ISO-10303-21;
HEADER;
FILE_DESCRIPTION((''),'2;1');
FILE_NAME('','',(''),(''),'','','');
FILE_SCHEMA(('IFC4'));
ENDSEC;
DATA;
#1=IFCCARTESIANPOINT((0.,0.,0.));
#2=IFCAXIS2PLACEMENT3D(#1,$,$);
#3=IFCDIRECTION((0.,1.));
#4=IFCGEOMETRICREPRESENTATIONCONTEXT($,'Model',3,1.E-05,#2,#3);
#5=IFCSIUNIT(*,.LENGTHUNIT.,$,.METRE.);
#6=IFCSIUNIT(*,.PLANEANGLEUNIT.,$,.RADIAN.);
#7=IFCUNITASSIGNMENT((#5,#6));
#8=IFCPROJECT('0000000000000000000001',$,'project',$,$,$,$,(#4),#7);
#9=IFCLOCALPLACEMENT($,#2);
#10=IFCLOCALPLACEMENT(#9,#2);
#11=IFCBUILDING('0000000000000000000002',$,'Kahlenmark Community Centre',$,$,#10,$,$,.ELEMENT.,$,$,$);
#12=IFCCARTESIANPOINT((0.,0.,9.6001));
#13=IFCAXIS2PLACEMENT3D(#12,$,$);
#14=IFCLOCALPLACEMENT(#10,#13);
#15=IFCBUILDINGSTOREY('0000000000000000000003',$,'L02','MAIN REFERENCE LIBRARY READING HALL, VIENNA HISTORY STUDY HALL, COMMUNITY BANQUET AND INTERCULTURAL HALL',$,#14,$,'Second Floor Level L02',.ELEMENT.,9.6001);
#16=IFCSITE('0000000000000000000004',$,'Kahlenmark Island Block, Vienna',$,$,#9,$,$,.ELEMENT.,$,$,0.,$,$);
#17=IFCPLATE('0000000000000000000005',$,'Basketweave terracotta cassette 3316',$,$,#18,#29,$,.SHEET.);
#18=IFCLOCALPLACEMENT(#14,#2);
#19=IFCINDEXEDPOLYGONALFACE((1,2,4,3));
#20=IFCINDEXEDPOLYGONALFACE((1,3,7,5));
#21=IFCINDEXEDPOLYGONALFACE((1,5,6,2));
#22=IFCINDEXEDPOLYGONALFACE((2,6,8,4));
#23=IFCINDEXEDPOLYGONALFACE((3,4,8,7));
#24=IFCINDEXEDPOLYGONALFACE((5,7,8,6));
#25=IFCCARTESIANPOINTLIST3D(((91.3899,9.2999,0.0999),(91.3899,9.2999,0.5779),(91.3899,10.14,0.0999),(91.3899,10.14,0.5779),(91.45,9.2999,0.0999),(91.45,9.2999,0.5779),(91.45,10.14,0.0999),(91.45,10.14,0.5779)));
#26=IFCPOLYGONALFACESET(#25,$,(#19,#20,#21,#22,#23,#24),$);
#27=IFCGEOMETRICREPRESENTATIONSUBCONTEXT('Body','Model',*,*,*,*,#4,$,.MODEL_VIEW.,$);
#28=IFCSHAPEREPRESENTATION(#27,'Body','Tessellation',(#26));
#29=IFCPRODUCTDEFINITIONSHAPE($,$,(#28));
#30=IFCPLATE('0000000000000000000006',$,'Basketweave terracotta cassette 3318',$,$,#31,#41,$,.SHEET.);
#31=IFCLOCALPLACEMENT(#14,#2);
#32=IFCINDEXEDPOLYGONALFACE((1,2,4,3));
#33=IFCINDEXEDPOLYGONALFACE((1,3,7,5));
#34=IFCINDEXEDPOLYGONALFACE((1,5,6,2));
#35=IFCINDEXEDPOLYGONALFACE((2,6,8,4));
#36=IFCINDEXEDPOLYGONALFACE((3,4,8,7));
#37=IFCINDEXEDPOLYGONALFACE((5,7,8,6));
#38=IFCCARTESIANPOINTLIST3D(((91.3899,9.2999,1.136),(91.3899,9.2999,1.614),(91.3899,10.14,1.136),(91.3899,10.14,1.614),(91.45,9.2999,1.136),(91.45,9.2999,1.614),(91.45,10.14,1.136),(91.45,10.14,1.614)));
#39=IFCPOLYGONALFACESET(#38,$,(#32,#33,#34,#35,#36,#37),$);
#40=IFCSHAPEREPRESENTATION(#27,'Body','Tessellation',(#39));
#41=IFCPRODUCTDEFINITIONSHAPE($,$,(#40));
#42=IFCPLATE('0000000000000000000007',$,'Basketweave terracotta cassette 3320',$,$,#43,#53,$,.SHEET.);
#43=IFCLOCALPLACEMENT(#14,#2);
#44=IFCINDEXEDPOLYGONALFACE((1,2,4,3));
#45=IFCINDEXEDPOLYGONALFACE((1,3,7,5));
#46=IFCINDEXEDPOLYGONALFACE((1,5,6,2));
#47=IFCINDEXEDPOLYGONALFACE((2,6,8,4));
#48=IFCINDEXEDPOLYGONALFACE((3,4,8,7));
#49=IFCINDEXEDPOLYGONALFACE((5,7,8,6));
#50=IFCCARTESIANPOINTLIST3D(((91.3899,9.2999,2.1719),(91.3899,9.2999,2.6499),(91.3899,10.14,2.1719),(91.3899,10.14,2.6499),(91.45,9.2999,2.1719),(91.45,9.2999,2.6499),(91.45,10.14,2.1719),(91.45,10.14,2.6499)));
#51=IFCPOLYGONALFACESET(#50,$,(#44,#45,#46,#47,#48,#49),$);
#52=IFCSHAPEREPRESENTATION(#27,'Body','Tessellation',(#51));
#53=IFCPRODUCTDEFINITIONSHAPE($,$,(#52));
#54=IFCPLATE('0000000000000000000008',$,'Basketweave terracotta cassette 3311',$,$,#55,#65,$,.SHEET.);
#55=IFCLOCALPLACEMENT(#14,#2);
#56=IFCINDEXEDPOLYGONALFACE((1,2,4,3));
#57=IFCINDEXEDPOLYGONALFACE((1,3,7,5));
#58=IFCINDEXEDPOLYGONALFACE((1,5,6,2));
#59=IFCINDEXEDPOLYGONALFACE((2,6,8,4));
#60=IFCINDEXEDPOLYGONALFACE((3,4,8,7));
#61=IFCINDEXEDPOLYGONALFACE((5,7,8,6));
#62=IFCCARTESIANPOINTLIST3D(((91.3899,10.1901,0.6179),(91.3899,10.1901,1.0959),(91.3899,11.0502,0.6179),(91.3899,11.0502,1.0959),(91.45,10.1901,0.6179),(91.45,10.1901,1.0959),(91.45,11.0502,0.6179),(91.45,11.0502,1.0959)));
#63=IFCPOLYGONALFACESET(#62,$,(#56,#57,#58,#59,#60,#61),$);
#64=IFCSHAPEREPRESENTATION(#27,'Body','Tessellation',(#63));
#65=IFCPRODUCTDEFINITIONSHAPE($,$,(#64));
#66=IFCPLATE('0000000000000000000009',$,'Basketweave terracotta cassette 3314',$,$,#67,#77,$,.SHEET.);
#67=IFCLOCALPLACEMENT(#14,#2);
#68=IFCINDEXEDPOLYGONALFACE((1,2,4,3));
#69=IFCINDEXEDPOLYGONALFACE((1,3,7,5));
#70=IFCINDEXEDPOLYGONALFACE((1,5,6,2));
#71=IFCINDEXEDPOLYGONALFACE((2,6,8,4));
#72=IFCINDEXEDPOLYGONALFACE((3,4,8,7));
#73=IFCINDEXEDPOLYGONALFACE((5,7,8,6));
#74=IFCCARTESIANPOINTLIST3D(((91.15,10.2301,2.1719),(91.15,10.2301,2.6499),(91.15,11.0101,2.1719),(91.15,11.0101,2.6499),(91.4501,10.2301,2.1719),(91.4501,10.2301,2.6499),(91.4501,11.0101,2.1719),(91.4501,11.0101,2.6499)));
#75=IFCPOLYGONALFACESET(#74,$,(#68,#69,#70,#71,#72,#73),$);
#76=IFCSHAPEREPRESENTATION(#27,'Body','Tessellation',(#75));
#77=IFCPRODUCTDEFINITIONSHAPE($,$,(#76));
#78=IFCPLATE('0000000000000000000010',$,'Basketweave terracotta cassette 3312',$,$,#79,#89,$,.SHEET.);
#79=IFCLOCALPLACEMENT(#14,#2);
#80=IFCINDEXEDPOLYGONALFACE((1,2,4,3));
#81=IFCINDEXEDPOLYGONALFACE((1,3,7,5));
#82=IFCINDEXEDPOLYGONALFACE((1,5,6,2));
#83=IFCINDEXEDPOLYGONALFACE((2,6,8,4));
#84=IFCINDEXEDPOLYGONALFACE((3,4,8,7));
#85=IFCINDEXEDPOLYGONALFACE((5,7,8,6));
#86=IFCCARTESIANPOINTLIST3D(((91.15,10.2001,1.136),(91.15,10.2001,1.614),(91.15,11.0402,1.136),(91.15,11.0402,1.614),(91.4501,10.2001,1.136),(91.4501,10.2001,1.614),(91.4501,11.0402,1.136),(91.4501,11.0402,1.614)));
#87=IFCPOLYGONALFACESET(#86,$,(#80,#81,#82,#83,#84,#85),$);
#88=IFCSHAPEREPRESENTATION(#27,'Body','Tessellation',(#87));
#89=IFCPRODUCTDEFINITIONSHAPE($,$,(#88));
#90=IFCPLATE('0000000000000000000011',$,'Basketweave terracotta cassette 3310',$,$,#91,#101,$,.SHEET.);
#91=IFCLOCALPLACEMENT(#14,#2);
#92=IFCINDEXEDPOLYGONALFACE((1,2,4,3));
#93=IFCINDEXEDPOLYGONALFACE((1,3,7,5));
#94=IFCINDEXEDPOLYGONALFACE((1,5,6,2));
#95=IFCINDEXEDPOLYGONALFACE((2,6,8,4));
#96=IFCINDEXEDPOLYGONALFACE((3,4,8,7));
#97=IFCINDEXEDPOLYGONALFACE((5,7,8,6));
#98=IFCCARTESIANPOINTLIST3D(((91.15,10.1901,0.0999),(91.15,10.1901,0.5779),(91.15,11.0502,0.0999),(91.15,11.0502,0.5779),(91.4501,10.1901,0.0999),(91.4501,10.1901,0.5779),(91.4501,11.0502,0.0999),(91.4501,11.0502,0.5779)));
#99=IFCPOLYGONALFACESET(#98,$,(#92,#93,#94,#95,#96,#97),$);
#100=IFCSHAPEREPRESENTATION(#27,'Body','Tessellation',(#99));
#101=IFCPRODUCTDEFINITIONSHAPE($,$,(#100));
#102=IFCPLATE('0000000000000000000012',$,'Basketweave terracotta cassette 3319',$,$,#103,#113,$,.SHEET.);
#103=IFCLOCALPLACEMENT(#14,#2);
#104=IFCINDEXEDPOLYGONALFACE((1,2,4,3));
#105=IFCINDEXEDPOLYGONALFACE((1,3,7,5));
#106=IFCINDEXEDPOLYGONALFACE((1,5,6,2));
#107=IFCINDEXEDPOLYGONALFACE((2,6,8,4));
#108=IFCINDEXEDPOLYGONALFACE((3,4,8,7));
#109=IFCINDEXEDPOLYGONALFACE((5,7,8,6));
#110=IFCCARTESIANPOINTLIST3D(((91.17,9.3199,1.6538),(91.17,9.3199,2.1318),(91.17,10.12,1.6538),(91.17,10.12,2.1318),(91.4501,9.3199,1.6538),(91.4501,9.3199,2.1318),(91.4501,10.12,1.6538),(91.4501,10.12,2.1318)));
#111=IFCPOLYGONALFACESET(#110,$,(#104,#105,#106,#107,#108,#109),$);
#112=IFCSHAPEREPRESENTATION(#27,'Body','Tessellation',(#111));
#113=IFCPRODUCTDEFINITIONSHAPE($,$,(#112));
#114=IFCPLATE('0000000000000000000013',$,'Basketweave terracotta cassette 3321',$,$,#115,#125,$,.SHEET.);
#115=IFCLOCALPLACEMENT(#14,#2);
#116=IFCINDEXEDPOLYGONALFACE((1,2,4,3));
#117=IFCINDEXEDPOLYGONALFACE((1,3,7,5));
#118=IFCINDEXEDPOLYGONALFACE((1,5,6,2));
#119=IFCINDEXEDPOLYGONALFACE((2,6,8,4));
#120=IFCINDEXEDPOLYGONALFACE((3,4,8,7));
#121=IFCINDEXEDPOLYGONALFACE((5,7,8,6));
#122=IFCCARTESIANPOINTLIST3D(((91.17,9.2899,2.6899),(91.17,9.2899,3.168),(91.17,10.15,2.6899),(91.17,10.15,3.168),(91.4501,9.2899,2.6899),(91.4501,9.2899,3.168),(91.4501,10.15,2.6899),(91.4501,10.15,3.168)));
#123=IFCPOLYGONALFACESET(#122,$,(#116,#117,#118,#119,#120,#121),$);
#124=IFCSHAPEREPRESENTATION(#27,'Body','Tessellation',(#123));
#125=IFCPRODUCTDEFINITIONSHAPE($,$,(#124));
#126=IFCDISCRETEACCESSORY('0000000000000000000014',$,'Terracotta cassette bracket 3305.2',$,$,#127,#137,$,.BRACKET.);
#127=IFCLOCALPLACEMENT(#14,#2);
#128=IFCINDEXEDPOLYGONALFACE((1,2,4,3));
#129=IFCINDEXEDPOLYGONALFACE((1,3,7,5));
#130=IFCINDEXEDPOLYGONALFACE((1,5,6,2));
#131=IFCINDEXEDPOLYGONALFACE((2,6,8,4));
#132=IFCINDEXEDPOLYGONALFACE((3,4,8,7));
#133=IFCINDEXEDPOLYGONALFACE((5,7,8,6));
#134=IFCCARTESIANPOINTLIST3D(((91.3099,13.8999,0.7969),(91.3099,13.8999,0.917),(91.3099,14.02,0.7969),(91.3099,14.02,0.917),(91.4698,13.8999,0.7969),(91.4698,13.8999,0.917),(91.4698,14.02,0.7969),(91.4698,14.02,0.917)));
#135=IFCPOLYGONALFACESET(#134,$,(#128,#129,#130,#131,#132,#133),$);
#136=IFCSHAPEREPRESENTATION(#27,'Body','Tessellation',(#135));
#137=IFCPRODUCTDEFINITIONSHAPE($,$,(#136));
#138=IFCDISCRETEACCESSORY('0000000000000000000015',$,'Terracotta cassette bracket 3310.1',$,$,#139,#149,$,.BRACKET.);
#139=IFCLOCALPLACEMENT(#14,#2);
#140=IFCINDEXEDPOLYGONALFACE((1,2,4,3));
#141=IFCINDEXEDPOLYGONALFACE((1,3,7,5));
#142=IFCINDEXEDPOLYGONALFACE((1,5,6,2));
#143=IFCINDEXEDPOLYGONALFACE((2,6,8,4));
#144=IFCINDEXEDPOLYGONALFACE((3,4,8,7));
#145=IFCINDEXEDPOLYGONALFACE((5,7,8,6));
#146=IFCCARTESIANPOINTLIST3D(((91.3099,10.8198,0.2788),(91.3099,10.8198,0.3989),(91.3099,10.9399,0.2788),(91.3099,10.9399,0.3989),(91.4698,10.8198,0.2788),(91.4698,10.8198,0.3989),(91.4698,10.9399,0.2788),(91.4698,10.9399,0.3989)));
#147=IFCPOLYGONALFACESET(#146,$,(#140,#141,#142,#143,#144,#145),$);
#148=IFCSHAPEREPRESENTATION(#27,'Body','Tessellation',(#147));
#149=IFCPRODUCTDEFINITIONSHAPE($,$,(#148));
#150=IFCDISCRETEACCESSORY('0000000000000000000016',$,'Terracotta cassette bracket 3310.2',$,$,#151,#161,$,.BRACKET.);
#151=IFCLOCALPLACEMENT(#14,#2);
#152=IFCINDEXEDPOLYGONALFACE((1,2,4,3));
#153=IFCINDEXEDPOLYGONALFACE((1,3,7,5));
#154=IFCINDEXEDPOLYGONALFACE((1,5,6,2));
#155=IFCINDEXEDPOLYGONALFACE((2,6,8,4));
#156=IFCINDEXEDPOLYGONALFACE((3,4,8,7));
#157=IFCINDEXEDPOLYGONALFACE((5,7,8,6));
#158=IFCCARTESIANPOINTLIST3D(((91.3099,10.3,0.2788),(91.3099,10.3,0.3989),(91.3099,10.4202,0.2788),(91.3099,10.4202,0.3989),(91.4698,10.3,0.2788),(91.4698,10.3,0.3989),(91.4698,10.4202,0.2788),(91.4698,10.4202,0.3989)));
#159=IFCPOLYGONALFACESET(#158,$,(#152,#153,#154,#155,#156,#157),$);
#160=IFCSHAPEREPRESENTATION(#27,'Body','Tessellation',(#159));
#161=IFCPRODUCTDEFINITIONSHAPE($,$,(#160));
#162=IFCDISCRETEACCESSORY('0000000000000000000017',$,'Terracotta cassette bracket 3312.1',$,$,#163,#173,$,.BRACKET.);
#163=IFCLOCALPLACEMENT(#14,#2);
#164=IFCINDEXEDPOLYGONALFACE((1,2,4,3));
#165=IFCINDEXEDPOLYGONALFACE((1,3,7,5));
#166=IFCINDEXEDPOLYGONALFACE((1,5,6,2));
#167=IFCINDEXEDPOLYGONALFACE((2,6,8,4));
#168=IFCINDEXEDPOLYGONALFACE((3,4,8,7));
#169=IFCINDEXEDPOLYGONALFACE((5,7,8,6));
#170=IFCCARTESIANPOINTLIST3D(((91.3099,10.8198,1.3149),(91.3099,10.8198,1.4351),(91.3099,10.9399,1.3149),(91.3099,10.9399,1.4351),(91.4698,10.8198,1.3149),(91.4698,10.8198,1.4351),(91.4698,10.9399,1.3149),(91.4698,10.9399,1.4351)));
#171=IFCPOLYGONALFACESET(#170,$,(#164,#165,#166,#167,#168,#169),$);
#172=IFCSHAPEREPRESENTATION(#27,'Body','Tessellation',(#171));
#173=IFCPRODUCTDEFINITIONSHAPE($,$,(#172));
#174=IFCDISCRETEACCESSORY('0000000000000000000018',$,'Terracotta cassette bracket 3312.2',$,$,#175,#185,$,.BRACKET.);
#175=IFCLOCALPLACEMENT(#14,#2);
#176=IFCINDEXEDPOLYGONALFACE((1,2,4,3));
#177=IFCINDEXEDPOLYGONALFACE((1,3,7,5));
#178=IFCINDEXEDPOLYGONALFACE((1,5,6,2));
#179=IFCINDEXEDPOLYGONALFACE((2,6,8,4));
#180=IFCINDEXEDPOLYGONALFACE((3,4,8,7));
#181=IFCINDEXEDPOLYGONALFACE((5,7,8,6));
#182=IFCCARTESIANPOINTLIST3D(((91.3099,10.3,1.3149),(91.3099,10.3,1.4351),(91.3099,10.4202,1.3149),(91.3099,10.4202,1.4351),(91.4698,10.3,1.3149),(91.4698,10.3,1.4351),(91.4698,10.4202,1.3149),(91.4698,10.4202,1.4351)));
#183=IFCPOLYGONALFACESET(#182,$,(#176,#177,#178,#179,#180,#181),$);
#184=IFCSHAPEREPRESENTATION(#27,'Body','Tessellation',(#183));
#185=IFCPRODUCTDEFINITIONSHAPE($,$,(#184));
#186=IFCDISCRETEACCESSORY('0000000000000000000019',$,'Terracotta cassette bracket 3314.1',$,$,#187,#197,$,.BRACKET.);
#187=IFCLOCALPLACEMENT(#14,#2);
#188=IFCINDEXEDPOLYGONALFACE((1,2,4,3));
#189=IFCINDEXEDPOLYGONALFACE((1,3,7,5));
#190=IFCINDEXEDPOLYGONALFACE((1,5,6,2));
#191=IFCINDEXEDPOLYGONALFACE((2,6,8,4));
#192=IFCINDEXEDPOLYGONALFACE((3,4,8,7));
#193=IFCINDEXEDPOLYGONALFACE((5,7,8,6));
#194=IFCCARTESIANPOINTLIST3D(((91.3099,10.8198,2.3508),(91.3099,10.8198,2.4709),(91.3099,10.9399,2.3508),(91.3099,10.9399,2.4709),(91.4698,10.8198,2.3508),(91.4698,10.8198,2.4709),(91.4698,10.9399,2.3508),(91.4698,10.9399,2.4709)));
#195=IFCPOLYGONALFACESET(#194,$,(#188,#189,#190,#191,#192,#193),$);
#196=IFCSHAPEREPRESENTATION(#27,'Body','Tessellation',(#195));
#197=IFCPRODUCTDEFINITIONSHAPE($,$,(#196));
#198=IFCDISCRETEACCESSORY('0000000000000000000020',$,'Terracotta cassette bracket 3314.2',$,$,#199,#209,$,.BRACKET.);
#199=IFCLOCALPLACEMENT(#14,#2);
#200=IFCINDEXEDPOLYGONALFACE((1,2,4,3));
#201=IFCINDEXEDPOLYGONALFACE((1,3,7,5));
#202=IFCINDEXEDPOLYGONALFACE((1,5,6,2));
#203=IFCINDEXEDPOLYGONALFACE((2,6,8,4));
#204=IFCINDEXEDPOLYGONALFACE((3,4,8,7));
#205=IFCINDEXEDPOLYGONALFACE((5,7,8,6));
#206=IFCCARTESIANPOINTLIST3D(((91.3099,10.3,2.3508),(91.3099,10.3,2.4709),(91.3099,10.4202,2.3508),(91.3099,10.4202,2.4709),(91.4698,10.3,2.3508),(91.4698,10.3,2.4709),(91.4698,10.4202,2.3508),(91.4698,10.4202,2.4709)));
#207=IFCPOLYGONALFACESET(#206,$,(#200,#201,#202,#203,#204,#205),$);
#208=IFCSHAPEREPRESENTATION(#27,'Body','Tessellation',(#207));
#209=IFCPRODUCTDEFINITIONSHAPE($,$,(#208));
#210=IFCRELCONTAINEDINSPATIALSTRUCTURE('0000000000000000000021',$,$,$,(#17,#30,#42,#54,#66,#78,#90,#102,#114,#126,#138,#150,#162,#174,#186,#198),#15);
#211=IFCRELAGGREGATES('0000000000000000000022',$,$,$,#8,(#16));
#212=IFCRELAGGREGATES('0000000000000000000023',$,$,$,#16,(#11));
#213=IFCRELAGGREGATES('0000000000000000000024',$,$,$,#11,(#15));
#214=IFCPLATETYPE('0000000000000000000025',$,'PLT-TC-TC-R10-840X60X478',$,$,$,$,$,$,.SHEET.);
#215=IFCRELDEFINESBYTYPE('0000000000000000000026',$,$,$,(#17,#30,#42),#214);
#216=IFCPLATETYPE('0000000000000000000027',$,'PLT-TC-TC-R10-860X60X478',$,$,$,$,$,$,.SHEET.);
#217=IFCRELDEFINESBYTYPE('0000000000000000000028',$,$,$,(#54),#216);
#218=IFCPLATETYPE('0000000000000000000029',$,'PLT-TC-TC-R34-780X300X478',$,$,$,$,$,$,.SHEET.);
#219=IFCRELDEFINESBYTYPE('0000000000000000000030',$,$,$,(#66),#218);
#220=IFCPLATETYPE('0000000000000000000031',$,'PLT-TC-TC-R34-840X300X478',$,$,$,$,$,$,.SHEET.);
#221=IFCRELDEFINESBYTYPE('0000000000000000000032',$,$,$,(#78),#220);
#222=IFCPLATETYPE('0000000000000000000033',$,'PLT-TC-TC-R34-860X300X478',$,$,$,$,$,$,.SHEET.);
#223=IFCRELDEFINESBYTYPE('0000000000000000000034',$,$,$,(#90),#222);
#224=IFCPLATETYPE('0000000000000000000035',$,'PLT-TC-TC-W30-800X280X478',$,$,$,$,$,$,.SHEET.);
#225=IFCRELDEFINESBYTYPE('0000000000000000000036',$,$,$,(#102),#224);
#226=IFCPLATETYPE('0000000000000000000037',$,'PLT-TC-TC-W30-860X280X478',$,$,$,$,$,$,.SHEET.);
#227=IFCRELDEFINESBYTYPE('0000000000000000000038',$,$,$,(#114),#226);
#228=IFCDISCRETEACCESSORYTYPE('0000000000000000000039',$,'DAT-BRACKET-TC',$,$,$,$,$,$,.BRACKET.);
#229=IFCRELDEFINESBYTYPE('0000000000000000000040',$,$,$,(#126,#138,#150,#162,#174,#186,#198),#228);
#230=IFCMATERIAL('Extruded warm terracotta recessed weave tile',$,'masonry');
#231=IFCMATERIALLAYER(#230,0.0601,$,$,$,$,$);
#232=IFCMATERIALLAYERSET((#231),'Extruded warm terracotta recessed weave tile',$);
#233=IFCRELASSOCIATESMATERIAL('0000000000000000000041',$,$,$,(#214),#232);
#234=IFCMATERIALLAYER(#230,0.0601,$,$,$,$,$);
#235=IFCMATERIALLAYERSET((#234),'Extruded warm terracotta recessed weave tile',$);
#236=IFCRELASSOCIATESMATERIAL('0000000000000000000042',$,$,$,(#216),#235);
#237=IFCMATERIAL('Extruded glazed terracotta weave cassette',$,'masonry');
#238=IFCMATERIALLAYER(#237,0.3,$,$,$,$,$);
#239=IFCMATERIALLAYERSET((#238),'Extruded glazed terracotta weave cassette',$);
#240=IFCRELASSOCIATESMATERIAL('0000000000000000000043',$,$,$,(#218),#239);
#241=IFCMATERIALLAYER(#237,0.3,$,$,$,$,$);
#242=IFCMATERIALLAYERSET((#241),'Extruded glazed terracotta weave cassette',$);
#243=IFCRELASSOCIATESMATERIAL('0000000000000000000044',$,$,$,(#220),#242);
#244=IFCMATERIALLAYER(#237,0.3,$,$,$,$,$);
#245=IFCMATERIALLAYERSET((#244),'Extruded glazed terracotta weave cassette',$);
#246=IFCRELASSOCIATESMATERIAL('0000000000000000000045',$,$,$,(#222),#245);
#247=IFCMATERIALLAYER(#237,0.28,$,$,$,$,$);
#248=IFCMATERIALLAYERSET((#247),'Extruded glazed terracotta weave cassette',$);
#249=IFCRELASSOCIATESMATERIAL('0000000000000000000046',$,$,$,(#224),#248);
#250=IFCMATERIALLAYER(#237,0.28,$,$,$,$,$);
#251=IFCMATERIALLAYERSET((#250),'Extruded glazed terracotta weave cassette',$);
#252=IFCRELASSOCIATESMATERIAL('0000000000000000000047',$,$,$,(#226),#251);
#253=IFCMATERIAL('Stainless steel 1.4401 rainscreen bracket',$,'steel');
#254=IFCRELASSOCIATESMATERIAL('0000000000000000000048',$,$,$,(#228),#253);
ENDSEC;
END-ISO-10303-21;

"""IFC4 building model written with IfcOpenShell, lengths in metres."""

from ifc_helpers import new_model, si_unit, direction, frame, origin, origin_2d, place, context, subcontext, project, spatial, rectangle, extrude, material, layer, layer_set, type_object, element, save


model = new_model("IFC4")

# Units and contexts
model_context = context("Model", 3, precision=1e-05, world=origin(), true_north=direction((0.0, 1.0)))
body_context = subcontext(model_context, "Body", "Model", "MODEL_VIEW")
ifc_project = project(units=[si_unit("LENGTHUNIT", "METRE"), si_unit("PLANEANGLEUNIT", "RADIAN")], contexts=[model_context])

# Site, building, storey
site_placement = place(None, origin())
site = spatial("IfcSite", under=ifc_project, at=site_placement, Name="Kahlenmark Island Block, Vienna", CompositionType="ELEMENT", RefElevation=0.0)
building_placement = place(site_placement, origin())
building = spatial("IfcBuilding", under=site, at=building_placement, Name="Kahlenmark Community Centre", CompositionType="ELEMENT")
storey_placement = place(building_placement, frame((0.0, 0.0, 9.6001)))
storey = spatial("IfcBuildingStorey", under=building, at=storey_placement, Name="L02", Description="MAIN REFERENCE LIBRARY READING HALL, VIENNA HISTORY STUDY HALL, COMMUNITY BANQUET AND INTERCULTURAL HALL", LongName="Second Floor Level L02", CompositionType="ELEMENT", Elevation=9.6001)

# Plates
ifc_material_1 = material(Name="Extruded warm terracotta recessed weave tile", Category="masonry")
ifc_layer_1 = layer(ifc_material_1, 0.0601)
ifc_layer_set_1 = layer_set([ifc_layer_1], Name="Extruded warm terracotta recessed weave tile")
plate_type_1 = type_object("IfcPlateType", Name="PLT-TC-TC-R10-840X60X478", PredefinedType="SHEET", material=ifc_layer_set_1)
for number, where, z_axis, x_axis, name in (
    (1, (91.4199, 9.72, 0.0999), (0.0, 0.0, 1.0), (0.0, -1.0, 0.0), "Basketweave terracotta cassette 3316"),
    (2, (91.4199, 9.72, 1.136), (0.0, 0.0, 1.0), (0.0, -1.0, 0.0), "Basketweave terracotta cassette 3318"),
    (3, (91.4199, 9.72, 2.1719), (0.0, 0.0, 1.0), (0.0, -1.0, 0.0), "Basketweave terracotta cassette 3320"),
):
    element("IfcPlate", number, at=place(storey_placement, frame(where, z_axis=z_axis, x_axis=x_axis)), inside=storey, type_object=plate_type_1, Name=name, PredefinedType="SHEET", context=body_context, shape_type="SweptSolid", body=[
        extrude(rectangle(XDim=0.8401, YDim=0.0601, at=origin_2d()), origin(), (0.0, 0.0, 1.0), 0.478),
    ])
ifc_layer_2 = layer(ifc_material_1, 0.0601)
ifc_layer_set_2 = layer_set([ifc_layer_2], Name="Extruded warm terracotta recessed weave tile")
plate_type_2 = type_object("IfcPlateType", Name="PLT-TC-TC-R10-860X60X478", PredefinedType="SHEET", material=ifc_layer_set_2)
plate_1_placement = place(storey_placement, frame((91.4199, 10.6201, 0.6179), z_axis=(0.0, 0.0, 1.0), x_axis=(0.0, -1.0, 0.0)))
element("IfcPlate", 4, at=plate_1_placement, inside=storey, type_object=plate_type_2, Name="Basketweave terracotta cassette 3311", PredefinedType="SHEET", context=body_context, shape_type="SweptSolid", body=[
    extrude(rectangle(XDim=0.8601, YDim=0.0601, at=origin_2d()), origin(), (0.0, 0.0, 1.0), 0.478),
])
ifc_material_2 = material(Name="Extruded glazed terracotta weave cassette", Category="masonry")
ifc_layer_3 = layer(ifc_material_2, 0.3)
ifc_layer_set_3 = layer_set([ifc_layer_3], Name="Extruded glazed terracotta weave cassette")
plate_type_3 = type_object("IfcPlateType", Name="PLT-TC-TC-R34-780X300X478", PredefinedType="SHEET", material=ifc_layer_set_3)
plate_2_placement = place(storey_placement, frame((91.3, 10.6201, 2.1719), z_axis=(0.0, 0.0, 1.0), x_axis=(0.0, -1.0, 0.0)))
element("IfcPlate", 5, at=plate_2_placement, inside=storey, type_object=plate_type_3, Name="Basketweave terracotta cassette 3314", PredefinedType="SHEET", context=body_context, shape_type="SweptSolid", body=[
    extrude(rectangle(XDim=0.78, YDim=0.3, at=origin_2d()), origin(), (0.0, 0.0, 1.0), 0.478),
])
ifc_layer_4 = layer(ifc_material_2, 0.3)
ifc_layer_set_4 = layer_set([ifc_layer_4], Name="Extruded glazed terracotta weave cassette")
plate_type_4 = type_object("IfcPlateType", Name="PLT-TC-TC-R34-840X300X478", PredefinedType="SHEET", material=ifc_layer_set_4)
plate_3_placement = place(storey_placement, frame((91.3, 10.6201, 1.136), z_axis=(0.0, 0.0, 1.0), x_axis=(0.0, -1.0, 0.0)))
element("IfcPlate", 6, at=plate_3_placement, inside=storey, type_object=plate_type_4, Name="Basketweave terracotta cassette 3312", PredefinedType="SHEET", context=body_context, shape_type="SweptSolid", body=[
    extrude(rectangle(XDim=0.8401, YDim=0.3, at=origin_2d()), origin(), (0.0, 0.0, 1.0), 0.478),
])
ifc_layer_5 = layer(ifc_material_2, 0.3)
ifc_layer_set_5 = layer_set([ifc_layer_5], Name="Extruded glazed terracotta weave cassette")
plate_type_5 = type_object("IfcPlateType", Name="PLT-TC-TC-R34-860X300X478", PredefinedType="SHEET", material=ifc_layer_set_5)
plate_4_placement = place(storey_placement, frame((91.3, 10.6201, 0.0999), z_axis=(0.0, 0.0, 1.0), x_axis=(0.0, -1.0, 0.0)))
element("IfcPlate", 7, at=plate_4_placement, inside=storey, type_object=plate_type_5, Name="Basketweave terracotta cassette 3310", PredefinedType="SHEET", context=body_context, shape_type="SweptSolid", body=[
    extrude(rectangle(XDim=0.8601, YDim=0.3, at=origin_2d()), origin(), (0.0, 0.0, 1.0), 0.478),
])
ifc_layer_6 = layer(ifc_material_2, 0.28)
ifc_layer_set_6 = layer_set([ifc_layer_6], Name="Extruded glazed terracotta weave cassette")
plate_type_6 = type_object("IfcPlateType", Name="PLT-TC-TC-W30-800X280X478", PredefinedType="SHEET", material=ifc_layer_set_6)
plate_5_placement = place(storey_placement, frame((91.3101, 9.72, 1.6538), z_axis=(0.0, 0.0, 1.0), x_axis=(0.0, -1.0, 0.0)))
element("IfcPlate", 8, at=plate_5_placement, inside=storey, type_object=plate_type_6, Name="Basketweave terracotta cassette 3319", PredefinedType="SHEET", context=body_context, shape_type="SweptSolid", body=[
    extrude(rectangle(XDim=0.8, YDim=0.28, at=origin_2d()), origin(), (0.0, 0.0, 1.0), 0.478),
])
ifc_layer_7 = layer(ifc_material_2, 0.28)
ifc_layer_set_7 = layer_set([ifc_layer_7], Name="Extruded glazed terracotta weave cassette")
plate_type_7 = type_object("IfcPlateType", Name="PLT-TC-TC-W30-860X280X478", PredefinedType="SHEET", material=ifc_layer_set_7)
plate_6_placement = place(storey_placement, frame((91.3101, 9.72, 2.6899), z_axis=(0.0, 0.0, 1.0), x_axis=(0.0, -1.0, 0.0)))
element("IfcPlate", 9, at=plate_6_placement, inside=storey, type_object=plate_type_7, Name="Basketweave terracotta cassette 3321", PredefinedType="SHEET", context=body_context, shape_type="SweptSolid", body=[
    extrude(rectangle(XDim=0.8601, YDim=0.28, at=origin_2d()), origin(), (0.0, 0.0, 1.0), 0.478),
])

# Discrete accessories
ifc_material_3 = material(Name="Stainless steel 1.4401 rainscreen bracket", Category="steel")
discrete_accessory_type = type_object("IfcDiscreteAccessoryType", Name="DAT-BRACKET-TC", PredefinedType="BRACKET", material=ifc_material_3)
for number, where, z_axis, x_axis, name in (
    (10, (91.3899, 13.96, 0.7969), (0.0, 0.0, 1.0), (0.0, -1.0, 0.0), "Terracotta cassette bracket 3305.2"),
    (11, (91.3899, 10.8799, 0.2788), (0.0, 0.0, 1.0), (0.0, -1.0, 0.0), "Terracotta cassette bracket 3310.1"),
    (12, (91.3899, 10.3601, 0.2788), (0.0, 0.0, 1.0), (0.0, -1.0, 0.0), "Terracotta cassette bracket 3310.2"),
    (13, (91.3899, 10.8799, 1.3149), (0.0, 0.0, 1.0), (0.0, -1.0, 0.0), "Terracotta cassette bracket 3312.1"),
    (14, (91.3899, 10.3601, 1.3149), (0.0, 0.0, 1.0), (0.0, -1.0, 0.0), "Terracotta cassette bracket 3312.2"),
    (15, (91.3899, 10.8799, 2.3508), (0.0, 0.0, 1.0), (0.0, -1.0, 0.0), "Terracotta cassette bracket 3314.1"),
    (16, (91.3899, 10.3601, 2.3508), (0.0, 0.0, 1.0), (0.0, -1.0, 0.0), "Terracotta cassette bracket 3314.2"),
):
    element("IfcDiscreteAccessory", number, at=place(storey_placement, frame(where, z_axis=z_axis, x_axis=x_axis)), inside=storey, type_object=discrete_accessory_type, Name=name, PredefinedType="BRACKET", context=body_context, shape_type="SweptSolid", body=[
        extrude(rectangle(XDim=0.1201, YDim=0.1599, at=origin_2d()), origin(), (0.0, 0.0, 1.0), 0.1201),
    ])

save(model, "model.ifc")
